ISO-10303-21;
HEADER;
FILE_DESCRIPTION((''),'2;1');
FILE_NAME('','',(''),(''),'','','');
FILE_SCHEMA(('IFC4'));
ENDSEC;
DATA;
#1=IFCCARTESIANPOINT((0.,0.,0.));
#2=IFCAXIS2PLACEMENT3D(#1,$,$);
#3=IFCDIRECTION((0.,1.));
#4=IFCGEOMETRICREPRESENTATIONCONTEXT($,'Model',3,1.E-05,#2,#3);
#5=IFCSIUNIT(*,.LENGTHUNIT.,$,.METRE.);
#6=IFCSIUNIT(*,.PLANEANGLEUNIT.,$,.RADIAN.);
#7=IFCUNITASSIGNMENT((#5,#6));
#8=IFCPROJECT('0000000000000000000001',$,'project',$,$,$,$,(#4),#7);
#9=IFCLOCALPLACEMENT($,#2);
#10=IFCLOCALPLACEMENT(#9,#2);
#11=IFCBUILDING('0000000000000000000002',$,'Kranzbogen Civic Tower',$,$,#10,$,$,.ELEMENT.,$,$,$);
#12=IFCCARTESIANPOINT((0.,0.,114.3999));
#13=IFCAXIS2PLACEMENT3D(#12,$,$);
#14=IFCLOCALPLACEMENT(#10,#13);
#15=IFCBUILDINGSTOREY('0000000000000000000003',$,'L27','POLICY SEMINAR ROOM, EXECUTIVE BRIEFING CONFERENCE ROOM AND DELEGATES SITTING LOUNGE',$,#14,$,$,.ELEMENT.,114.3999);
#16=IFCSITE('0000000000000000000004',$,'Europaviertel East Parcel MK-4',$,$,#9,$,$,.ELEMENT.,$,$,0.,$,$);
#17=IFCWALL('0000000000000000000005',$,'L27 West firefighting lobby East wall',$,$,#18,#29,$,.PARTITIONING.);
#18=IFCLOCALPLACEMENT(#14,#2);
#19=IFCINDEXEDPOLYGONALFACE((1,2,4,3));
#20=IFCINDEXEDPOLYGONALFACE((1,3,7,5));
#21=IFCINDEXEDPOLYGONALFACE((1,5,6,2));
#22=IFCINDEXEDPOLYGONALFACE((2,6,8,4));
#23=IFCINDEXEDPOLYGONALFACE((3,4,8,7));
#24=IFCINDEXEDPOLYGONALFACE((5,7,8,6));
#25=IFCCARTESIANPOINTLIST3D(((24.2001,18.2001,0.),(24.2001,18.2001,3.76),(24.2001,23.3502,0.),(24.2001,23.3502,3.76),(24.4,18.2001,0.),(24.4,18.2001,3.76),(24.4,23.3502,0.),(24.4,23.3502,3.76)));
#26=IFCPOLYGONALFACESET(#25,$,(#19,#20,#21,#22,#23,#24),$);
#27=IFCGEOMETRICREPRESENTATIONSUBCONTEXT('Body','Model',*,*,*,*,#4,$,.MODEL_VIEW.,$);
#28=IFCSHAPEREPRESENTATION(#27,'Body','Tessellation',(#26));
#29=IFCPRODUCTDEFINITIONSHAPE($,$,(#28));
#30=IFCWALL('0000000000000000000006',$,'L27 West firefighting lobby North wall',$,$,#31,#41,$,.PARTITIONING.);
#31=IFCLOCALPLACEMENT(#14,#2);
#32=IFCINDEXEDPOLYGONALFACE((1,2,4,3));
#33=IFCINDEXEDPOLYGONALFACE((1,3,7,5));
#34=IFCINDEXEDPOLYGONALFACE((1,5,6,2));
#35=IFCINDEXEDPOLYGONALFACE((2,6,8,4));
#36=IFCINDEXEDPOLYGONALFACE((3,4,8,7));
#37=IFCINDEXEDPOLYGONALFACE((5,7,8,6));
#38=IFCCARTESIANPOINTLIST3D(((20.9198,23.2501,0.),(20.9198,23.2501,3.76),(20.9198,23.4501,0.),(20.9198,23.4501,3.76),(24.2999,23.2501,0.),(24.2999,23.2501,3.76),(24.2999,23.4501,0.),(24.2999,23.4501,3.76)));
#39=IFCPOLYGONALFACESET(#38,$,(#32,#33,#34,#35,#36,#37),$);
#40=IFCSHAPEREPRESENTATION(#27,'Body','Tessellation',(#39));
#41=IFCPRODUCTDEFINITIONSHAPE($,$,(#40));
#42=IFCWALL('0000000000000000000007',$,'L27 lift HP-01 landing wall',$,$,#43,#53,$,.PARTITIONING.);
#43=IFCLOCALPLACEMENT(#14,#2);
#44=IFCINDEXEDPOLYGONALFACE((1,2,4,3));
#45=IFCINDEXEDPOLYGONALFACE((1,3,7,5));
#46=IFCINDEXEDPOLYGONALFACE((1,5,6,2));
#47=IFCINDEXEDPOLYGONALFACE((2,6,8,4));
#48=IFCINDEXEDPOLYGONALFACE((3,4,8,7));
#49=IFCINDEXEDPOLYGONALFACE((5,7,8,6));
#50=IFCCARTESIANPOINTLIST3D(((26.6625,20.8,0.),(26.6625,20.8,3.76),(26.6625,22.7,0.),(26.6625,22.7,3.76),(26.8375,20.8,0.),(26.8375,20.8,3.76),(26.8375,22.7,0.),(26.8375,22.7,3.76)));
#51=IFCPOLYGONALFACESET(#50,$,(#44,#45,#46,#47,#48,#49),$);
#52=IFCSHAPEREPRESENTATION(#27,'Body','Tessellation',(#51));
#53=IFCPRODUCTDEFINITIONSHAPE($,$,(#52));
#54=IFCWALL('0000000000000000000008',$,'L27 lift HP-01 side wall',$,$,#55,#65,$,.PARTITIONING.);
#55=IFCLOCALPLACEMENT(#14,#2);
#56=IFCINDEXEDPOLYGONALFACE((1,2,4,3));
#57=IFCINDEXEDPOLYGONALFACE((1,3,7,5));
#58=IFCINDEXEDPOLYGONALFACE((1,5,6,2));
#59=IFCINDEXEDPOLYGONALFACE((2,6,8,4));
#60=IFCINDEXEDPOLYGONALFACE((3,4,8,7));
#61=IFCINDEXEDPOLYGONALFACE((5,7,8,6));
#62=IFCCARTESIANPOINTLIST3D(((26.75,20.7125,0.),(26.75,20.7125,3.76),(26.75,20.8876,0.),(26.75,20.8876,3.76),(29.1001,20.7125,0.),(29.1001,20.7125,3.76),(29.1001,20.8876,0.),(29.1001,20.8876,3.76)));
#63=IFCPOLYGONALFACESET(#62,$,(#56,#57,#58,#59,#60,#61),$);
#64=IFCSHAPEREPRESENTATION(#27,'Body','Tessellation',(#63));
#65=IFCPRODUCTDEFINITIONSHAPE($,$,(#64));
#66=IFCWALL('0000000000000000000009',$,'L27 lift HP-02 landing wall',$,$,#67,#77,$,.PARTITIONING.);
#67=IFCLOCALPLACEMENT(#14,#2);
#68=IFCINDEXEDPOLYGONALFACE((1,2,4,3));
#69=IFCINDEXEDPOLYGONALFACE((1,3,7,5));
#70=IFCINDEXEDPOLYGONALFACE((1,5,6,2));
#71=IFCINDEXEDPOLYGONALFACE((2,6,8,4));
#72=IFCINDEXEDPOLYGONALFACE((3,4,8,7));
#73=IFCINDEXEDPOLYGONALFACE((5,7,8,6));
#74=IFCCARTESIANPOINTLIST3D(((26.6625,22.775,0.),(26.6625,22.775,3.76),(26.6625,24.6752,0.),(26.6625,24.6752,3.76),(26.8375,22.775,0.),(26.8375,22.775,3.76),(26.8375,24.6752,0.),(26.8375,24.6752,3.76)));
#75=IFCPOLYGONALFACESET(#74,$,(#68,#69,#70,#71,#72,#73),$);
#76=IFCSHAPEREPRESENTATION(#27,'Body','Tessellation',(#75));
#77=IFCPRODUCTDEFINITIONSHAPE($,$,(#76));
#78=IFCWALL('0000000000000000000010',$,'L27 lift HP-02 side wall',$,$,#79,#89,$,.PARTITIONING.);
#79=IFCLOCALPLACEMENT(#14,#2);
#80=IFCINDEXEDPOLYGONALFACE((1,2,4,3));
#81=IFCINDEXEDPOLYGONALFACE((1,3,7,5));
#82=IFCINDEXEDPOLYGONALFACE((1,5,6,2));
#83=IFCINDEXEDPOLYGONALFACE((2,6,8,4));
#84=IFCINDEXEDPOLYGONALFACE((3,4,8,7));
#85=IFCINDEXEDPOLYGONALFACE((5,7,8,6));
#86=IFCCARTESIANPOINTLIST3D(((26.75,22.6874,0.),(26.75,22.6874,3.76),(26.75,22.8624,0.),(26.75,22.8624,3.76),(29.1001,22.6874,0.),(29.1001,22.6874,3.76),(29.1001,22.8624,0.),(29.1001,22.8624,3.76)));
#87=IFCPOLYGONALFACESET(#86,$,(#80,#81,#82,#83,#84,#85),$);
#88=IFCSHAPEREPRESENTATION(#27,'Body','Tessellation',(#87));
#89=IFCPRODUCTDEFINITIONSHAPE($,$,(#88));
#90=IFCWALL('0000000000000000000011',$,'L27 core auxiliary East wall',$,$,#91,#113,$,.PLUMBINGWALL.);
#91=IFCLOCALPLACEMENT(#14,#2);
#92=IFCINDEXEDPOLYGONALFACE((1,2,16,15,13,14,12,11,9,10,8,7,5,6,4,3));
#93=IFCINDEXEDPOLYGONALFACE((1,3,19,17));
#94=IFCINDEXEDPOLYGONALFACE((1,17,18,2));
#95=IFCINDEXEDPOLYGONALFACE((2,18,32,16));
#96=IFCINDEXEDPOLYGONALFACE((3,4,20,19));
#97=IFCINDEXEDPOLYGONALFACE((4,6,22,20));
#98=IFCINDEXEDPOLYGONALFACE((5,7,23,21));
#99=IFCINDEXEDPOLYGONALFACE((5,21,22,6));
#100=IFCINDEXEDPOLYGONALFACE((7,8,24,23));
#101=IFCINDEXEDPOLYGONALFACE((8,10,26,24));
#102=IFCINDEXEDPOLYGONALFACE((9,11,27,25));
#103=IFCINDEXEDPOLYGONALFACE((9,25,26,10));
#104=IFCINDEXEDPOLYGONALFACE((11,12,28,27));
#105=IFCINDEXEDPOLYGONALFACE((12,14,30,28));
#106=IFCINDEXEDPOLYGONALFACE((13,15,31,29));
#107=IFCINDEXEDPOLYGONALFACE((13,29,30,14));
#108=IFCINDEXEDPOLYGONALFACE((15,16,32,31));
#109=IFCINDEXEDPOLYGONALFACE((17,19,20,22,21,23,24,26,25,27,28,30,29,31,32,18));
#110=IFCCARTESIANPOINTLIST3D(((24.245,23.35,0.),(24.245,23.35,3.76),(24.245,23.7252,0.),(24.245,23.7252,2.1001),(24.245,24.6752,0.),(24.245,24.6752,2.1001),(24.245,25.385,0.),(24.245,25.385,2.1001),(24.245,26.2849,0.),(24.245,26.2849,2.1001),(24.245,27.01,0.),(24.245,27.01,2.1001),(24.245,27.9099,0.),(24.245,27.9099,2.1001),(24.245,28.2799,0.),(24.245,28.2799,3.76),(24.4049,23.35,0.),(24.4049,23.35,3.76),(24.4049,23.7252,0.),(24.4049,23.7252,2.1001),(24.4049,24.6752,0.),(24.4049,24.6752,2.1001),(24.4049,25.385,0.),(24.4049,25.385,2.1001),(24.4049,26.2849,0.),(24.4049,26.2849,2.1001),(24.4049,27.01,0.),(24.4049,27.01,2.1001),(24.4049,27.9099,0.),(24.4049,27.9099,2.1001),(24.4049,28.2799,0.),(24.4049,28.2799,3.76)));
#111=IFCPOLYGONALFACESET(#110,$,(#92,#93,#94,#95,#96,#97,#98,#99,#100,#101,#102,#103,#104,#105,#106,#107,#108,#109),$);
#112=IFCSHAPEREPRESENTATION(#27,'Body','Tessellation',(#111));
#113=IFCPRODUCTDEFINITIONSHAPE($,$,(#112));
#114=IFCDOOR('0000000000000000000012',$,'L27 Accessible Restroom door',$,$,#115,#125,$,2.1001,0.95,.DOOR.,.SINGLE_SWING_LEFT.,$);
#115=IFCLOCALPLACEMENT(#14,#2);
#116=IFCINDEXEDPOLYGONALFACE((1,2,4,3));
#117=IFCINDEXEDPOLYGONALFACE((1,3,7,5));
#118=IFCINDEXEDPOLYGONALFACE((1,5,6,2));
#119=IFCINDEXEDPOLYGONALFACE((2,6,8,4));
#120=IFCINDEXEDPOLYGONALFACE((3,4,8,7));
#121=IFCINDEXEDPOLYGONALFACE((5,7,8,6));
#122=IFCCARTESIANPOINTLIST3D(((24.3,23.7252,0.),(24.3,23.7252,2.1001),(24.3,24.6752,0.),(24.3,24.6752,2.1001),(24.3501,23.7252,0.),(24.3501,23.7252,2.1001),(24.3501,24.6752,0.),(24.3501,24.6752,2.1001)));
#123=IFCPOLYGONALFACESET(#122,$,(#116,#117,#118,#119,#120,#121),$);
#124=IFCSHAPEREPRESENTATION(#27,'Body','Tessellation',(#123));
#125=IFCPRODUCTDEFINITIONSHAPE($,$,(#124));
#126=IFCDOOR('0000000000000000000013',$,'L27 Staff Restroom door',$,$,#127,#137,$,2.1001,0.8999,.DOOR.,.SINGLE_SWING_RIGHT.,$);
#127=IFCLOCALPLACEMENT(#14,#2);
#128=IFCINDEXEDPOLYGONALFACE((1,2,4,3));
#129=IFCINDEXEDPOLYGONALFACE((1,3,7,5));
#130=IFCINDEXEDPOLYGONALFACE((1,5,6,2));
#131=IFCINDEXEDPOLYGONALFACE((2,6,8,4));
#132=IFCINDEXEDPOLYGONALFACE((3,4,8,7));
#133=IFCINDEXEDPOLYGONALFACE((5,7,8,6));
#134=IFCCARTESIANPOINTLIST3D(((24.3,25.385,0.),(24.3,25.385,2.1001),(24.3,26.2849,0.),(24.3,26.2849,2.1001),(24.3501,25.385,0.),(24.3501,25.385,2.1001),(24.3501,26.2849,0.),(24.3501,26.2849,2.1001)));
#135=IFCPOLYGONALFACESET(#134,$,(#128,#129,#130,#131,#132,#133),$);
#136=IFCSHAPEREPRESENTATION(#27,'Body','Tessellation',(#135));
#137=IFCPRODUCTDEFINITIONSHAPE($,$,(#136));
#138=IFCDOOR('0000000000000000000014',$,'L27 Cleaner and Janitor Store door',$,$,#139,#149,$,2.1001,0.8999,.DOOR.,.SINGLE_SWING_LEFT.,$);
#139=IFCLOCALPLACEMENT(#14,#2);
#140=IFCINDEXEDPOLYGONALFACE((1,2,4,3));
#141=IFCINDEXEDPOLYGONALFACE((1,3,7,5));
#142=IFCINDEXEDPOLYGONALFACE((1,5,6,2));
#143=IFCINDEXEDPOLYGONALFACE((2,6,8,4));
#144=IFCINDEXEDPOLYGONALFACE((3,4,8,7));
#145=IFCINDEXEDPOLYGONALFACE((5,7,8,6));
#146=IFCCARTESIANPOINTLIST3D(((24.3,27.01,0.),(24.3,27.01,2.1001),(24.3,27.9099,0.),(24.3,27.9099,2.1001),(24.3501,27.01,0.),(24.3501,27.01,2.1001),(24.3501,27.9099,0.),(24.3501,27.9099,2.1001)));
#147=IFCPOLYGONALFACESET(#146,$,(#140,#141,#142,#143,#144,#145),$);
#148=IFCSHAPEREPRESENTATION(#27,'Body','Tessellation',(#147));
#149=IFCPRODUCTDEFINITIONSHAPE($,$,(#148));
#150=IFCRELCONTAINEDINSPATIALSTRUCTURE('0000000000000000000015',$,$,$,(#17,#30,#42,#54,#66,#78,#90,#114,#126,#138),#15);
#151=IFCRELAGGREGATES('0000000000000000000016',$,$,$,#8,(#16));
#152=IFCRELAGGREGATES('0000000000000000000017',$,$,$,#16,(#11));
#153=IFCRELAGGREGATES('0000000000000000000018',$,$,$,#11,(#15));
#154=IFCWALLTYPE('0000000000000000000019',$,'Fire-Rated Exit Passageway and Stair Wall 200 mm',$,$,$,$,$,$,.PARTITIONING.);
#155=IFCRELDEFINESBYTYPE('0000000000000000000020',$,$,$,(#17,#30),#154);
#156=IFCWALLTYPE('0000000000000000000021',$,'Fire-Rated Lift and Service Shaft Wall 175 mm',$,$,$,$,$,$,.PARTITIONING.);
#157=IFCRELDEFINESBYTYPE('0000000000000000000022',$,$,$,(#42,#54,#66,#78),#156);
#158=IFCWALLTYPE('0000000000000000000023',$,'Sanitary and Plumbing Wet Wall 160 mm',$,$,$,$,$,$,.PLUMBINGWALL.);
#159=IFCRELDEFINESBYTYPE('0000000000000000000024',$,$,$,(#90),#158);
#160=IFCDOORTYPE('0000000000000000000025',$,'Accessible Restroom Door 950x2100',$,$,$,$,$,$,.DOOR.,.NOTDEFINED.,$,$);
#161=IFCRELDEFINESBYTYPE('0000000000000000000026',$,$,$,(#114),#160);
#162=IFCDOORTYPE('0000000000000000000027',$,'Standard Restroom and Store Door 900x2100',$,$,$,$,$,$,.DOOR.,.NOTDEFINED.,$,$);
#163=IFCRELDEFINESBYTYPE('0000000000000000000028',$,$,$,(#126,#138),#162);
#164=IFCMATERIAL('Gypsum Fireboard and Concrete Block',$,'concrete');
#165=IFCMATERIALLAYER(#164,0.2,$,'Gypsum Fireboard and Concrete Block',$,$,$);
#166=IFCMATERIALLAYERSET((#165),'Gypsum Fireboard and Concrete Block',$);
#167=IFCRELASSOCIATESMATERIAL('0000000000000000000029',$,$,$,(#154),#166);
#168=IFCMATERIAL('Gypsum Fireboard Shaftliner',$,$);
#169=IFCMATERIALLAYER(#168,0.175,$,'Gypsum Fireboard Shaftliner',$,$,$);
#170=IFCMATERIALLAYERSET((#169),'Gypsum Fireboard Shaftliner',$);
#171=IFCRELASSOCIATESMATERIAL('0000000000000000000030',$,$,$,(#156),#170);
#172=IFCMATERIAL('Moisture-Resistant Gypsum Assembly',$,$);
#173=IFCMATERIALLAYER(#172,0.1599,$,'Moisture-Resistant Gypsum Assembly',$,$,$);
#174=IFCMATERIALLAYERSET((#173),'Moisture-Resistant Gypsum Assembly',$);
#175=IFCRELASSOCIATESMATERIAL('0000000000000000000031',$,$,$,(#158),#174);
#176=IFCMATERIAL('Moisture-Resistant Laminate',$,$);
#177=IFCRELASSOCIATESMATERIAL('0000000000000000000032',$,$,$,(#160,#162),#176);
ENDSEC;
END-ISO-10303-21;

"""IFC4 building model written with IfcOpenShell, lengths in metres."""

from ifc_helpers import new_model, si_unit, direction, frame, frame_2d, origin, place, context, subcontext, project, spatial, rectangle, extrude, material, layer, layer_set, type_object, element, fill, save


model = new_model("IFC4")

# Units and contexts
model_context = context("Model", 3, precision=1e-05, world=origin(), true_north=direction((0.0, 1.0)))
body_context = subcontext(model_context, "Body", "Model", "MODEL_VIEW")
ifc_project = project(units=[si_unit("LENGTHUNIT", "METRE"), si_unit("PLANEANGLEUNIT", "RADIAN")], contexts=[model_context])

# Site, building, storey
site_placement = place(None, origin())
site = spatial("IfcSite", under=ifc_project, at=site_placement, Name="Europaviertel East Parcel MK-4", CompositionType="ELEMENT", RefElevation=0.0)
building_placement = place(site_placement, origin())
building = spatial("IfcBuilding", under=site, at=building_placement, Name="Kranzbogen Civic Tower", CompositionType="ELEMENT")
storey_placement = place(building_placement, frame((0.0, 0.0, 114.3999)))
storey = spatial("IfcBuildingStorey", under=building, at=storey_placement, Name="L27", Description="POLICY SEMINAR ROOM, EXECUTIVE BRIEFING CONFERENCE ROOM AND DELEGATES SITTING LOUNGE", CompositionType="ELEMENT", Elevation=114.3999)

# Walls
ifc_material_1 = material(Name="Gypsum Fireboard and Concrete Block", Category="concrete")
ifc_layer_1 = layer(ifc_material_1, 0.2, Name="Gypsum Fireboard and Concrete Block")
ifc_layer_set_1 = layer_set([ifc_layer_1], Name="Gypsum Fireboard and Concrete Block")
wall_type_1 = type_object("IfcWallType", Name="Fire-Rated Exit Passageway and Stair Wall 200 mm", PredefinedType="PARTITIONING", material=ifc_layer_set_1)
wall_1_placement = place(storey_placement, frame((24.3, 18.2, 0.0), z_axis=(0.0, 0.0, 1.0), x_axis=(0.0, 1.0, 0.0)))
element("IfcWall", 1, at=wall_1_placement, inside=storey, type_object=wall_type_1, Name="L27 West firefighting lobby East wall", PredefinedType="PARTITIONING", context=body_context, shape_type="SweptSolid", body=[
    extrude(rectangle(XDim=5.1501, YDim=0.2, at=frame_2d((2.5752, 0.0))), origin(), (0.0, 0.0, 1.0), 3.76),
])
wall_2_placement = place(storey_placement, frame((20.9199, 23.3501, 0.0), z_axis=(0.0, 0.0, 1.0), x_axis=(1.0, 0.0, 0.0)))
element("IfcWall", 2, at=wall_2_placement, inside=storey, type_object=wall_type_1, Name="L27 West firefighting lobby North wall", PredefinedType="PARTITIONING", context=body_context, shape_type="SweptSolid", body=[
    extrude(rectangle(XDim=3.3801, YDim=0.2, at=frame_2d((1.6899, 0.0))), origin(), (0.0, 0.0, 1.0), 3.76),
])
ifc_material_2 = material(Name="Gypsum Fireboard Shaftliner")
ifc_layer_2 = layer(ifc_material_2, 0.175, Name="Gypsum Fireboard Shaftliner")
ifc_layer_set_2 = layer_set([ifc_layer_2], Name="Gypsum Fireboard Shaftliner")
wall_type_2 = type_object("IfcWallType", Name="Fire-Rated Lift and Service Shaft Wall 175 mm", PredefinedType="PARTITIONING", material=ifc_layer_set_2)
wall_3_placement = place(storey_placement, frame((26.75, 20.8, 0.0), z_axis=(0.0, 0.0, 1.0), x_axis=(0.0, 1.0, 0.0)))
element("IfcWall", 3, at=wall_3_placement, inside=storey, type_object=wall_type_2, Name="L27 lift HP-01 landing wall", PredefinedType="PARTITIONING", context=body_context, shape_type="SweptSolid", body=[
    extrude(rectangle(XDim=1.8999, YDim=0.175, at=frame_2d((0.95, 0.0))), origin(), (0.0, 0.0, 1.0), 3.76),
])
wall_4_placement = place(storey_placement, frame((26.75, 20.8, 0.0), z_axis=(0.0, 0.0, 1.0), x_axis=(1.0, 0.0, 0.0)))
element("IfcWall", 4, at=wall_4_placement, inside=storey, type_object=wall_type_2, Name="L27 lift HP-01 side wall", PredefinedType="PARTITIONING", context=body_context, shape_type="SweptSolid", body=[
    extrude(rectangle(XDim=2.3501, YDim=0.175, at=frame_2d((1.175, 0.0))), origin(), (0.0, 0.0, 1.0), 3.76),
])
wall_5_placement = place(storey_placement, frame((26.75, 22.7749, 0.0), z_axis=(0.0, 0.0, 1.0), x_axis=(0.0, 1.0, 0.0)))
element("IfcWall", 5, at=wall_5_placement, inside=storey, type_object=wall_type_2, Name="L27 lift HP-02 landing wall", PredefinedType="PARTITIONING", context=body_context, shape_type="SweptSolid", body=[
    extrude(rectangle(XDim=1.9001, YDim=0.175, at=frame_2d((0.9502, 0.0))), origin(), (0.0, 0.0, 1.0), 3.76),
])
wall_6_placement = place(storey_placement, frame((26.75, 22.7749, 0.0), z_axis=(0.0, 0.0, 1.0), x_axis=(1.0, 0.0, 0.0)))
element("IfcWall", 6, at=wall_6_placement, inside=storey, type_object=wall_type_2, Name="L27 lift HP-02 side wall", PredefinedType="PARTITIONING", context=body_context, shape_type="SweptSolid", body=[
    extrude(rectangle(XDim=2.3501, YDim=0.175, at=frame_2d((1.175, 0.0))), origin(), (0.0, 0.0, 1.0), 3.76),
])

# Wall, openings, doors
ifc_material_3 = material(Name="Moisture-Resistant Gypsum Assembly")
ifc_layer_3 = layer(ifc_material_3, 0.1599, Name="Moisture-Resistant Gypsum Assembly")
ifc_layer_set_3 = layer_set([ifc_layer_3], Name="Moisture-Resistant Gypsum Assembly")
wall_type_3 = type_object("IfcWallType", Name="Sanitary and Plumbing Wet Wall 160 mm", PredefinedType="PLUMBINGWALL", material=ifc_layer_set_3)
wall_7_placement = place(storey_placement, frame((24.325, 23.3501, 0.0), z_axis=(0.0, 0.0, 1.0), x_axis=(0.0, 1.0, 0.0)))
wall_7 = element("IfcWall", 7, at=wall_7_placement, inside=storey, type_object=wall_type_3, Name="L27 core auxiliary East wall", PredefinedType="PLUMBINGWALL", context=body_context, shape_type="SweptSolid", body=[
    extrude(rectangle(XDim=4.9299, YDim=0.1599, at=frame_2d((2.4648, 0.0))), origin(), (0.0, 0.0, 1.0), 3.76),
])
opening_1_placement = place(wall_7_placement, frame((0.375, 0.0, 0.0)))
opening_1 = element("IfcOpeningElement", 8, at=opening_1_placement, cuts=wall_7, PredefinedType="OPENING", context=body_context, shape_type="SweptSolid", body=[
    extrude(rectangle(XDim=0.95, YDim=2.1001, at=frame_2d((0.4751, 1.05))), frame((0.0, 0.0898, 0.0), z_axis=(0.0, -1.0, 0.0), x_axis=(1.0, 0.0, 0.0)), (0.0, 0.0, 1.0), 0.1799),
])
opening_2_placement = place(wall_7_placement, frame((2.0349, 0.0, 0.0)))
opening_2 = element("IfcOpeningElement", 9, at=opening_2_placement, cuts=wall_7, PredefinedType="OPENING", context=body_context, shape_type="SweptSolid", body=[
    extrude(rectangle(XDim=0.8999, YDim=2.1001, at=frame_2d((0.45, 1.05))), frame((0.0, 0.0898, 0.0), z_axis=(0.0, -1.0, 0.0), x_axis=(1.0, 0.0, 0.0)), (0.0, 0.0, 1.0), 0.1799),
])
opening_3_placement = place(wall_7_placement, frame((3.6599, 0.0, 0.0)))
opening_3 = element("IfcOpeningElement", 10, at=opening_3_placement, cuts=wall_7, PredefinedType="OPENING", context=body_context, shape_type="SweptSolid", body=[
    extrude(rectangle(XDim=0.8999, YDim=2.1001, at=frame_2d((0.45, 1.05))), frame((0.0, 0.0898, 0.0), z_axis=(0.0, -1.0, 0.0), x_axis=(1.0, 0.0, 0.0)), (0.0, 0.0, 1.0), 0.1799),
])
ifc_material_4 = material(Name="Moisture-Resistant Laminate")
door_type_1 = type_object("IfcDoorType", Name="Accessible Restroom Door 950x2100", OperationType="NOTDEFINED", PredefinedType="DOOR", material=ifc_material_4)
door_1_placement = place(opening_1_placement, origin())
door_1 = element("IfcDoor", 11, at=door_1_placement, inside=storey, type_object=door_type_1, Name="L27 Accessible Restroom door", OperationType="SINGLE_SWING_LEFT", OverallHeight=2.1001, OverallWidth=0.95, PredefinedType="DOOR", context=body_context, shape_type="SweptSolid", body=[
    extrude(rectangle(XDim=0.95, YDim=2.1001, at=frame_2d((0.4751, 1.05))), frame((0.0, 0.0249, 0.0), z_axis=(0.0, -1.0, 0.0), x_axis=(1.0, 0.0, 0.0)), (0.0, 0.0, 1.0), 0.05),
])
fill(opening_1, door_1)
door_type_2 = type_object("IfcDoorType", Name="Standard Restroom and Store Door 900x2100", OperationType="NOTDEFINED", PredefinedType="DOOR", material=ifc_material_4)
door_2_placement = place(opening_2_placement, origin())
door_2 = element("IfcDoor", 12, at=door_2_placement, inside=storey, type_object=door_type_2, Name="L27 Staff Restroom door", OperationType="SINGLE_SWING_RIGHT", OverallHeight=2.1001, OverallWidth=0.8999, PredefinedType="DOOR", context=body_context, shape_type="SweptSolid", body=[
    extrude(rectangle(XDim=0.8999, YDim=2.1001, at=frame_2d((0.45, 1.05))), frame((0.0, 0.0249, 0.0), z_axis=(0.0, -1.0, 0.0), x_axis=(1.0, 0.0, 0.0)), (0.0, 0.0, 1.0), 0.05),
])
fill(opening_2, door_2)
door_3_placement = place(opening_3_placement, origin())
door_3 = element("IfcDoor", 13, at=door_3_placement, inside=storey, type_object=door_type_2, Name="L27 Cleaner and Janitor Store door", OperationType="SINGLE_SWING_LEFT", OverallHeight=2.1001, OverallWidth=0.8999, PredefinedType="DOOR", context=body_context, shape_type="SweptSolid", body=[
    extrude(rectangle(XDim=0.8999, YDim=2.1001, at=frame_2d((0.45, 1.05))), frame((0.0, 0.0249, 0.0), z_axis=(0.0, -1.0, 0.0), x_axis=(1.0, 0.0, 0.0)), (0.0, 0.0, 1.0), 0.05),
])
fill(opening_3, door_3)

save(model, "model.ifc")
